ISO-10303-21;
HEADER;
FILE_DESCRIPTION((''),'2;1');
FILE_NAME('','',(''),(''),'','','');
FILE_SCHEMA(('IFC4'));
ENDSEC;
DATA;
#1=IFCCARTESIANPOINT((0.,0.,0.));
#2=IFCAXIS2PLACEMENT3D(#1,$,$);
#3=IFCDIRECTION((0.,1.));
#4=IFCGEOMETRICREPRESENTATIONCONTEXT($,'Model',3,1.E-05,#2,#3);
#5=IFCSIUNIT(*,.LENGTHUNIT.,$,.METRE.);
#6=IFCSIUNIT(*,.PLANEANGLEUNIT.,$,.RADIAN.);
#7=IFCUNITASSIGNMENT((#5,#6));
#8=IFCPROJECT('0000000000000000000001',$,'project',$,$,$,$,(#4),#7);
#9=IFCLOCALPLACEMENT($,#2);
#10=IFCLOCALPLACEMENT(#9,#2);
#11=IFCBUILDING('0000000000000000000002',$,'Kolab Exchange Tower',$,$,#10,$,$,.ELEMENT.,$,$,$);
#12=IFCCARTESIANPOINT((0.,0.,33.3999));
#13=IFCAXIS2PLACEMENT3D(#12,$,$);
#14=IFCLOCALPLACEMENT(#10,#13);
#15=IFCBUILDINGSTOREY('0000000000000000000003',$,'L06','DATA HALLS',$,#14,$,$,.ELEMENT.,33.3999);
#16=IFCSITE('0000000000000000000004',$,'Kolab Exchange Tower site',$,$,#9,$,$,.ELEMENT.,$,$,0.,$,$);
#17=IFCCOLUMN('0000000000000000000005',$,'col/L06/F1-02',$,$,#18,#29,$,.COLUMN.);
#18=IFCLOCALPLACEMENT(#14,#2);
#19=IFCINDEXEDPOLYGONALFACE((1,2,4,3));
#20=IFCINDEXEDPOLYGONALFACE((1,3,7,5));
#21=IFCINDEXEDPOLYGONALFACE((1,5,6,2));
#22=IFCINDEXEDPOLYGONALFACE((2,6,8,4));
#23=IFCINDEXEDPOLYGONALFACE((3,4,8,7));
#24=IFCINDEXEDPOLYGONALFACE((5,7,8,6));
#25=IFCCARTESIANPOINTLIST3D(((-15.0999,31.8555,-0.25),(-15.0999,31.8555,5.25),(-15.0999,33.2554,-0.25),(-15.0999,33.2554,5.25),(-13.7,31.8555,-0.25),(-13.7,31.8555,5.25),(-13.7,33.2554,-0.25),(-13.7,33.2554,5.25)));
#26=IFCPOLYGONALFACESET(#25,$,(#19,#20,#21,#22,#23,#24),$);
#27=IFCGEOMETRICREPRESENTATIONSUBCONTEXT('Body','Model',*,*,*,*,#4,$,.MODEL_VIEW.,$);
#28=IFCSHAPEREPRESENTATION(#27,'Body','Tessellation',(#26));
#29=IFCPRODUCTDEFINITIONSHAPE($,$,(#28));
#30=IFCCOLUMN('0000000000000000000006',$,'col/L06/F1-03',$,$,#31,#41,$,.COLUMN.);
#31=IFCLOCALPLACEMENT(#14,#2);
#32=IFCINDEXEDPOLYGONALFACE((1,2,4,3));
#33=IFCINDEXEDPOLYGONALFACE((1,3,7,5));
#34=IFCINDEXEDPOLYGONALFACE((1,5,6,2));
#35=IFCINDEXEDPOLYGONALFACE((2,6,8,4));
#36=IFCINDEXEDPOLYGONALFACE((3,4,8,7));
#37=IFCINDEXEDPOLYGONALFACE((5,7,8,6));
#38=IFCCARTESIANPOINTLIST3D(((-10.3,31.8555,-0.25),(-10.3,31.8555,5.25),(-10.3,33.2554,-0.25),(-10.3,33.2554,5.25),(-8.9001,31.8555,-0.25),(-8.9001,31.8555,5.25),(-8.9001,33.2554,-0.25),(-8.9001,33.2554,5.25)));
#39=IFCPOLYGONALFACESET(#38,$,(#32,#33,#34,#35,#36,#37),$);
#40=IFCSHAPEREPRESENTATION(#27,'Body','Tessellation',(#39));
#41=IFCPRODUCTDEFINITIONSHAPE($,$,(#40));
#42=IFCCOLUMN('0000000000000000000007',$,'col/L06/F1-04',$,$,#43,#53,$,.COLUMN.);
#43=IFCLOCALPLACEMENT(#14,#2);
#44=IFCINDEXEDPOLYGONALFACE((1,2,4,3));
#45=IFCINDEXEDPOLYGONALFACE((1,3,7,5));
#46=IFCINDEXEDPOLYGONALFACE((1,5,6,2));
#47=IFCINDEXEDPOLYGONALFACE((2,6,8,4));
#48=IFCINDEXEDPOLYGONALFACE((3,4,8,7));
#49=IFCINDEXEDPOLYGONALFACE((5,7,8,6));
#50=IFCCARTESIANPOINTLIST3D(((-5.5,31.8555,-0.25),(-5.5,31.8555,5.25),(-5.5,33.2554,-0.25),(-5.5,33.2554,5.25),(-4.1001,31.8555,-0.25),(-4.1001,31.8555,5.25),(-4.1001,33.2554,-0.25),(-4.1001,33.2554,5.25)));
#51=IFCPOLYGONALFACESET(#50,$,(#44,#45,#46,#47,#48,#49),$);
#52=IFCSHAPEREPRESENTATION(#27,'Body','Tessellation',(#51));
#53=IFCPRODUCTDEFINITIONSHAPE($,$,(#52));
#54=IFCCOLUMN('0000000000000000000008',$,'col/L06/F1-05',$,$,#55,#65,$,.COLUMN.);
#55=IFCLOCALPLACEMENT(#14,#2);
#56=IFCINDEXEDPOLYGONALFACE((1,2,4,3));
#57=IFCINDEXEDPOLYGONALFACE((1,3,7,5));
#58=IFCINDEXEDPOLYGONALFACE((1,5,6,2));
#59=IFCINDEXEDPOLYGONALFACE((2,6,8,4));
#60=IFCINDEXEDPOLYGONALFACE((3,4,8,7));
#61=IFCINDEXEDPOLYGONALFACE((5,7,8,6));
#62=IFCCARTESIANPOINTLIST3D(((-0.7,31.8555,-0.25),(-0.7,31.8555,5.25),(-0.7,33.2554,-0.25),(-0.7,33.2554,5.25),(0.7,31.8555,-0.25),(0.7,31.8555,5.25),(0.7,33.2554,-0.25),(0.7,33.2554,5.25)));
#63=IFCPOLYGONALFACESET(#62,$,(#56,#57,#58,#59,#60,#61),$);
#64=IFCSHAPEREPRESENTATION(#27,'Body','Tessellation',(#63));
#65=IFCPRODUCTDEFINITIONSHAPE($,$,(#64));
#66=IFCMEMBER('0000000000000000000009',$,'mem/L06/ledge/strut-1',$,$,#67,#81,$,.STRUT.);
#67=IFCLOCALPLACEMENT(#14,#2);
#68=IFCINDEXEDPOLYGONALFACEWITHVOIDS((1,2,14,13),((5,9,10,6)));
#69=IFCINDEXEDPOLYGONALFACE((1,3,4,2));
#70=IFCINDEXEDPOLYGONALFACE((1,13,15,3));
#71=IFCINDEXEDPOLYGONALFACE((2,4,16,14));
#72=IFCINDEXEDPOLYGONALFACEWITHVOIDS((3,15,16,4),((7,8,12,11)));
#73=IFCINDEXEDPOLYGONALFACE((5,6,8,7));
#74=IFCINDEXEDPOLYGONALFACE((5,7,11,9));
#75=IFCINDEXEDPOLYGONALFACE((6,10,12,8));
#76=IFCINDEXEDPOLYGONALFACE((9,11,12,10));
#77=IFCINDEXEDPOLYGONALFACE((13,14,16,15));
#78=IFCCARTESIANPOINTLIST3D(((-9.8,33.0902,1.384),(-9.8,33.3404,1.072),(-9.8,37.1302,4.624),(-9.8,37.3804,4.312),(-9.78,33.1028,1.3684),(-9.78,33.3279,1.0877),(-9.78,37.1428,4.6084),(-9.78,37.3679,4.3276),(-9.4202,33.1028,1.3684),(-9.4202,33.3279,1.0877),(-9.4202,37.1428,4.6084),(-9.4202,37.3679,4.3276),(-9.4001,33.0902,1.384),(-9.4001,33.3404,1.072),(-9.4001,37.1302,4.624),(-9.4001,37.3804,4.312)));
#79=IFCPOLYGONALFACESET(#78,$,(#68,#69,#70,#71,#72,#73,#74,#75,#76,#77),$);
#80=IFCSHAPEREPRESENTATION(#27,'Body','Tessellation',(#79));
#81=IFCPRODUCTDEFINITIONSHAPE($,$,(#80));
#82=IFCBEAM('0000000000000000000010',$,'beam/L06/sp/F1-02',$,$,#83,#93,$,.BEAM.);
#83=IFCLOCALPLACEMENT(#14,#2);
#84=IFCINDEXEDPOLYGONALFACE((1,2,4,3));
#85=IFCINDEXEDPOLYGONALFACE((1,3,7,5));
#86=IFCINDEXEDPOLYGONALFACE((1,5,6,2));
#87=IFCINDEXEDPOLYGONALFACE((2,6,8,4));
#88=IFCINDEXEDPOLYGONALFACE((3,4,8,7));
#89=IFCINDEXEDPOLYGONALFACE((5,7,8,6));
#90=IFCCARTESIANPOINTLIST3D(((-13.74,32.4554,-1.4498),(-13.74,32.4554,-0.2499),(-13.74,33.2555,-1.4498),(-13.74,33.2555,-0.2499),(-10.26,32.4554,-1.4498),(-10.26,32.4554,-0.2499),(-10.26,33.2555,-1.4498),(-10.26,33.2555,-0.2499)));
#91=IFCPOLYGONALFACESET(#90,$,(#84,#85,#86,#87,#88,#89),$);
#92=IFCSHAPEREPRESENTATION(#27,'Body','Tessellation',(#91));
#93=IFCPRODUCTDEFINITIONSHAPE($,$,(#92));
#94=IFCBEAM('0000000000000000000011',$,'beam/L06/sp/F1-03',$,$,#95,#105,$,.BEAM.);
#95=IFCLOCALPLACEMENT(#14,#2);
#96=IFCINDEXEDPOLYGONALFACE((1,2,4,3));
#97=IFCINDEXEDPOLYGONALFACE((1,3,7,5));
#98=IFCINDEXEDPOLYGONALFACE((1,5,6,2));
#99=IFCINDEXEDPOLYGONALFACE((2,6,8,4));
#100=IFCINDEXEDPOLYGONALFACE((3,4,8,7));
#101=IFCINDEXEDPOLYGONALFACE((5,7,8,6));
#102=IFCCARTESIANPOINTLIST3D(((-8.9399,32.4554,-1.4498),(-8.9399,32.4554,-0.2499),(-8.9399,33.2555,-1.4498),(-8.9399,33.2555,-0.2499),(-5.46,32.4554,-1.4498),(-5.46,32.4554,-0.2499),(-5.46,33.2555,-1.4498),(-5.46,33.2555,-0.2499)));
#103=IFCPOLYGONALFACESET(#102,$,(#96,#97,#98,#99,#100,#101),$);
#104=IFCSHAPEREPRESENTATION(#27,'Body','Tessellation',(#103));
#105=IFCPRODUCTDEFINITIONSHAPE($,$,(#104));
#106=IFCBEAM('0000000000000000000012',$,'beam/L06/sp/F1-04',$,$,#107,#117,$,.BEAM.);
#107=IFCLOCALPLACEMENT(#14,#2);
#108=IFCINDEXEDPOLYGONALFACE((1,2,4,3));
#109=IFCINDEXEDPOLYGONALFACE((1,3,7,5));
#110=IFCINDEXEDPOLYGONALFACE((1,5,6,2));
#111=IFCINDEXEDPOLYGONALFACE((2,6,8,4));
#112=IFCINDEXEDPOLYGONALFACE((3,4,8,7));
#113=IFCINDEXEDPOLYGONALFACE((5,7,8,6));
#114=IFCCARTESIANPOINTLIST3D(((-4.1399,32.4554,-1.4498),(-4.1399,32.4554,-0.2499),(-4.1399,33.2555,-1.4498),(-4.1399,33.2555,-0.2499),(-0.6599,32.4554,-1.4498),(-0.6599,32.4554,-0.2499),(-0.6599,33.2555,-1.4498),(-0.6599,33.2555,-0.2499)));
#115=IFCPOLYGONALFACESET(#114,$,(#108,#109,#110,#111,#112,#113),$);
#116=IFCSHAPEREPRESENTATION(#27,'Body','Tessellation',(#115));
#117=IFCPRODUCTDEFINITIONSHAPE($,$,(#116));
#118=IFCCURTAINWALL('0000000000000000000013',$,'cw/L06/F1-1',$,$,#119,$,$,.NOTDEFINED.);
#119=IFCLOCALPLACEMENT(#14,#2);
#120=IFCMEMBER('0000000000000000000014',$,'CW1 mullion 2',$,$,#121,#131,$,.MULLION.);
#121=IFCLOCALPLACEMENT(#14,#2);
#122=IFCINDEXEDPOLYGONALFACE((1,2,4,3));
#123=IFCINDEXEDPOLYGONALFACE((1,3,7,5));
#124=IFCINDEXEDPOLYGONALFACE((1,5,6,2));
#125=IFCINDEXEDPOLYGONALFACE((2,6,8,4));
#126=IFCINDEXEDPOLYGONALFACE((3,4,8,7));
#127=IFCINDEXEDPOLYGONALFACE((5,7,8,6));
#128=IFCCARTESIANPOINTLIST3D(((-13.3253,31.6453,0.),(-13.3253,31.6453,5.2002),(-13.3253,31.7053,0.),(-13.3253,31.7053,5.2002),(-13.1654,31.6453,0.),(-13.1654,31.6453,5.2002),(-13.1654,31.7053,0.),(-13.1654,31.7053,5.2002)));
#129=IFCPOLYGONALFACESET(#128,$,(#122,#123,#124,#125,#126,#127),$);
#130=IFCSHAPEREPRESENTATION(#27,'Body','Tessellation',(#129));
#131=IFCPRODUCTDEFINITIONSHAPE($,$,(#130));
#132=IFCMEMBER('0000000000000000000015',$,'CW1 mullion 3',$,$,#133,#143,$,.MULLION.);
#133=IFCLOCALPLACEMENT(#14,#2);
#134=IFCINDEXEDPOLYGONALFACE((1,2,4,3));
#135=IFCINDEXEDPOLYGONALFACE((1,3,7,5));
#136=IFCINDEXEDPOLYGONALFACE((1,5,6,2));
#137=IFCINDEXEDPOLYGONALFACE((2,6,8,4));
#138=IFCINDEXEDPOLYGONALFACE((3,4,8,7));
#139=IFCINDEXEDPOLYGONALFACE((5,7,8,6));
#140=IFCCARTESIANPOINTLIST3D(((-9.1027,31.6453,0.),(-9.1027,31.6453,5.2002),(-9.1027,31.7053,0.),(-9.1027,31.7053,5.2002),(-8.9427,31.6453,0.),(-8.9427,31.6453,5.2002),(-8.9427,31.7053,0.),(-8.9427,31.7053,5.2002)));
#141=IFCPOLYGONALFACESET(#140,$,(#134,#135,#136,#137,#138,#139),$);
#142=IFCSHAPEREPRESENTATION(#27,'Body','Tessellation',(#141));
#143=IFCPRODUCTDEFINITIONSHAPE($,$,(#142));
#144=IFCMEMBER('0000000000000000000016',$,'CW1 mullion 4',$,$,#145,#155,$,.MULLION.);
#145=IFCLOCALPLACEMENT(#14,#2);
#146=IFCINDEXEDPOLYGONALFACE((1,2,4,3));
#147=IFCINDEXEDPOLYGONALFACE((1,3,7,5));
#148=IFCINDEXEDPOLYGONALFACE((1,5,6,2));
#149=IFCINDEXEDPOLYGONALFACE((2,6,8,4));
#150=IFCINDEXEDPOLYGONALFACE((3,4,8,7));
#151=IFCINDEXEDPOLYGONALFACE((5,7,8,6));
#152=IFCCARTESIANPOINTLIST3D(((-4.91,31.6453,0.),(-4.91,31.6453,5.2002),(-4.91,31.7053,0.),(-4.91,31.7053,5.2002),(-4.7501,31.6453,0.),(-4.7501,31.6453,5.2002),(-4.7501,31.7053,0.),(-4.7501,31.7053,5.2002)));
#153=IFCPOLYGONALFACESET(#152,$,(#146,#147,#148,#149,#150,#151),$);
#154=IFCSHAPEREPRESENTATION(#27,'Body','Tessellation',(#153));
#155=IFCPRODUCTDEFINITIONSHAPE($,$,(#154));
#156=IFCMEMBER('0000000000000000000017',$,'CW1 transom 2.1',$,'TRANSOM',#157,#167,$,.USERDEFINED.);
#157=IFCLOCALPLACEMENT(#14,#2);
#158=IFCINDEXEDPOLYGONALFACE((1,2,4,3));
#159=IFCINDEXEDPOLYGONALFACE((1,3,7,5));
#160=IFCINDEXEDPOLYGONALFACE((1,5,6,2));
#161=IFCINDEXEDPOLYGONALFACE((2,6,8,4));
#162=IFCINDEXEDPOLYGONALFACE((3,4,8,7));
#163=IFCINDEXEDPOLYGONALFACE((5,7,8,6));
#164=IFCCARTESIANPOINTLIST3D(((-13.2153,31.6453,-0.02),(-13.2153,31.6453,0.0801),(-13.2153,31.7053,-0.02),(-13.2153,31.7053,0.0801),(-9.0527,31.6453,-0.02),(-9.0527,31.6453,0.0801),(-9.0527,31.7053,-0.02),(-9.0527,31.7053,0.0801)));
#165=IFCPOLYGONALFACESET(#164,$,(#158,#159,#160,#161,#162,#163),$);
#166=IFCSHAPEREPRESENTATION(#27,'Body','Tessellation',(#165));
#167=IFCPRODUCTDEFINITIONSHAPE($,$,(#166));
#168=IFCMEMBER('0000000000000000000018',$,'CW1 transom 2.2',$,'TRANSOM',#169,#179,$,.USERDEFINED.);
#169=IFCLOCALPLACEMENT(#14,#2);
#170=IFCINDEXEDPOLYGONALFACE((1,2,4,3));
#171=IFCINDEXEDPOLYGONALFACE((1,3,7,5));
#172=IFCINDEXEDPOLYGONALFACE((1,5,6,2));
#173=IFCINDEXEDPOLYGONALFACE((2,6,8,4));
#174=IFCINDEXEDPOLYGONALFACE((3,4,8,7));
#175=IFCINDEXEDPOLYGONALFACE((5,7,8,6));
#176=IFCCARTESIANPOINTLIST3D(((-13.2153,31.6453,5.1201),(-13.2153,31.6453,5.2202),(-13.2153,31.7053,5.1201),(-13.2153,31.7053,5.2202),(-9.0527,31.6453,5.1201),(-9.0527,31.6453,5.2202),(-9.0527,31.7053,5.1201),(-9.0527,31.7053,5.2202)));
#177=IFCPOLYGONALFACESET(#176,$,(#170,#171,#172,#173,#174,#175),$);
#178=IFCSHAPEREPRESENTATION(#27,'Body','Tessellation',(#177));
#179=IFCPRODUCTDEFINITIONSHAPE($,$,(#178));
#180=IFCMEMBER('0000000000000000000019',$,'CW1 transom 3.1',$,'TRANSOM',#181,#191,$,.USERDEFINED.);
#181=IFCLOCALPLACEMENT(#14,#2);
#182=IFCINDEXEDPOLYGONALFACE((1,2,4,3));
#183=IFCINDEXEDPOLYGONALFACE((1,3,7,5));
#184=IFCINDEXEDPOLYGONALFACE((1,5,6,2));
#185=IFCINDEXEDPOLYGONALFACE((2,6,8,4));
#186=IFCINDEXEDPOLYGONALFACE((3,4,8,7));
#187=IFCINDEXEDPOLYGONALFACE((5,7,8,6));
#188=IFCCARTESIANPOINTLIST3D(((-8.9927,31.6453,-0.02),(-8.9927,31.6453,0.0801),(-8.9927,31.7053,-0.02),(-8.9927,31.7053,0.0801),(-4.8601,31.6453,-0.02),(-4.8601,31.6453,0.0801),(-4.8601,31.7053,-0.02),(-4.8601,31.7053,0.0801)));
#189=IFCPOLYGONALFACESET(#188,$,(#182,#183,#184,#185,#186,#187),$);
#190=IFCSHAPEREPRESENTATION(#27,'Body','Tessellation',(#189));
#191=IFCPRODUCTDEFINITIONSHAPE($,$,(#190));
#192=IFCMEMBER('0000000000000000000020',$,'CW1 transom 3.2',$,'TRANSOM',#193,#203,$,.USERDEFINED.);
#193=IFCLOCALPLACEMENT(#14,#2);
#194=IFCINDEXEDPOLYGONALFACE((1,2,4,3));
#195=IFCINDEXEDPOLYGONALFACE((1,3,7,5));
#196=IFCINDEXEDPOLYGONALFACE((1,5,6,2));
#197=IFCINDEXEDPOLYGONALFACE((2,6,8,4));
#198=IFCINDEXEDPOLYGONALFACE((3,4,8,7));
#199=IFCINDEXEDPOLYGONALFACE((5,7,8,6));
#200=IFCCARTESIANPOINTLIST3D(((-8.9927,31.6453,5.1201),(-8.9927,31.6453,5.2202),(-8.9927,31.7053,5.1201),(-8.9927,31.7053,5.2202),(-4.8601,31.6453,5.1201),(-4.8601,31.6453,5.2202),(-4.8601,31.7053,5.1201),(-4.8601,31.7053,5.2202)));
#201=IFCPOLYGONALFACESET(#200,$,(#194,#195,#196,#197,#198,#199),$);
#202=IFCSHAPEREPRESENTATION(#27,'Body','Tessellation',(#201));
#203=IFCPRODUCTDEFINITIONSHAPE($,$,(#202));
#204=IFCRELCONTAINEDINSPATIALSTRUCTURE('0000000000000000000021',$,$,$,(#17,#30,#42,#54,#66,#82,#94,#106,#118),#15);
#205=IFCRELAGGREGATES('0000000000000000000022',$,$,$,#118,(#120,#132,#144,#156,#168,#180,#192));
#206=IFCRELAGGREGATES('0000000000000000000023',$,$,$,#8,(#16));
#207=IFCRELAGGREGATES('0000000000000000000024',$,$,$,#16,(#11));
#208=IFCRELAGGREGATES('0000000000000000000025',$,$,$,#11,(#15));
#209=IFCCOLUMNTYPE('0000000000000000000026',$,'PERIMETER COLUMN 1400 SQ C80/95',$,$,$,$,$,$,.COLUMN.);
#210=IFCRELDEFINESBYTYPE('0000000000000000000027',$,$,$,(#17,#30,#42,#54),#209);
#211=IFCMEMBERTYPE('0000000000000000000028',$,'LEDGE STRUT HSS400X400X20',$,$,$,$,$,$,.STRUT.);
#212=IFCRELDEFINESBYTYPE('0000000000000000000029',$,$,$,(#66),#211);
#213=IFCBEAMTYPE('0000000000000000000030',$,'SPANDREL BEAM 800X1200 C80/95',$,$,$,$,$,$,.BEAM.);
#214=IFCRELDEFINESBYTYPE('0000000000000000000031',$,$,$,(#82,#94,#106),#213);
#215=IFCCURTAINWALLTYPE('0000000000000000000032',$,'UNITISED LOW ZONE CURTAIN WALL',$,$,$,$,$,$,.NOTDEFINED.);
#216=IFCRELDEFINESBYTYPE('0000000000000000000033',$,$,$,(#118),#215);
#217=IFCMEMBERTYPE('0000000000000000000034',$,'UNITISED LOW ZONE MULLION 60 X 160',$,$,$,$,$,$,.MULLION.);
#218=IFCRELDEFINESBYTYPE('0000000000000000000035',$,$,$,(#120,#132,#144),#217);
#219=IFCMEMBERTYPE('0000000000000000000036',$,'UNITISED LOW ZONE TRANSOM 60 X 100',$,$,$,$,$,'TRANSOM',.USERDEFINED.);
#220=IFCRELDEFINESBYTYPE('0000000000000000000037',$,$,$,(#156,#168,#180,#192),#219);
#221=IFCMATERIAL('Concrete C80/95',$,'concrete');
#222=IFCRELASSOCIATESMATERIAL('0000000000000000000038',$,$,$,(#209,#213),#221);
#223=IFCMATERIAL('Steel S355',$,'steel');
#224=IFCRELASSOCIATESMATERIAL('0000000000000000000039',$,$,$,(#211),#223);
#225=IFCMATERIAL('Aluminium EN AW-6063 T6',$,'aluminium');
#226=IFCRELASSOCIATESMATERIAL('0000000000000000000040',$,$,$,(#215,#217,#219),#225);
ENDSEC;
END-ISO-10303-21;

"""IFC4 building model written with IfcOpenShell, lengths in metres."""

from ifc_helpers import new_model, si_unit, direction, frame, origin, origin_2d, place, context, subcontext, project, spatial, rectangle, hollow_rectangle, extrude, material, material_profile, profile_set, type_object, element, aggregate, save


model = new_model("IFC4")

# Units and contexts
model_context = context("Model", 3, precision=1e-05, world=origin(), true_north=direction((0.0, 1.0)))
body_context = subcontext(model_context, "Body", "Model", "MODEL_VIEW")
ifc_project = project(units=[si_unit("LENGTHUNIT", "METRE"), si_unit("PLANEANGLEUNIT", "RADIAN")], contexts=[model_context])

# Site, building, storey
site_placement = place(None, origin())
site = spatial("IfcSite", under=ifc_project, at=site_placement, Name="Kolab Exchange Tower site", CompositionType="ELEMENT", RefElevation=0.0)
building_placement = place(site_placement, origin())
building = spatial("IfcBuilding", under=site, at=building_placement, Name="Kolab Exchange Tower", CompositionType="ELEMENT")
storey_placement = place(building_placement, frame((0.0, 0.0, 33.3999)))
storey = spatial("IfcBuildingStorey", under=building, at=storey_placement, Name="L06", Description="DATA HALLS", CompositionType="ELEMENT", Elevation=33.3999)

# Columns
ifc_material_1 = material(Name="Concrete C80/95", Category="concrete")
ifc_material_profile_1 = material_profile(ifc_material_1, rectangle(XDim=1.3999, YDim=1.3999, at=origin_2d()), Name="RC1400")
ifc_profile_set_1 = profile_set([ifc_material_profile_1], Name="Concrete C80/95")
column_type = type_object("IfcColumnType", Name="PERIMETER COLUMN 1400 SQ C80/95", PredefinedType="COLUMN", material=ifc_profile_set_1)
for number, where, z_axis, x_axis, name in (
    (1, (-14.3999, 32.5554, -0.25), (0.0, 0.0, 1.0), (1.0, 0.0, 0.0), "col/L06/F1-02"),
    (2, (-9.6001, 32.5554, -0.25), (0.0, 0.0, 1.0), (1.0, 0.0, 0.0), "col/L06/F1-03"),
    (3, (-4.8, 32.5554, -0.25), (0.0, 0.0, 1.0), (1.0, 0.0, 0.0), "col/L06/F1-04"),
    (4, (0.0, 32.5554, -0.25), (0.0, 0.0, 1.0), (1.0, 0.0, 0.0), "col/L06/F1-05"),
):
    element("IfcColumn", number, at=place(storey_placement, frame(where, z_axis=z_axis, x_axis=x_axis)), inside=storey, type_object=column_type, Name=name, PredefinedType="COLUMN", context=body_context, shape_type="SweptSolid", body=[
        extrude(rectangle(XDim=1.3999, YDim=1.3999, at=origin_2d()), origin(), (0.0, 0.0, 1.0), 5.5),
    ])

# Member
ifc_material_2 = material(Name="Steel S355", Category="steel")
ifc_material_profile_2 = material_profile(ifc_material_2, hollow_rectangle(XDim=0.3999, YDim=0.3999, WallThickness=0.02, at=origin_2d()), Name="HSS400X400X20")
ifc_profile_set_2 = profile_set([ifc_material_profile_2], Name="Steel S355")
member_type_1 = type_object("IfcMemberType", Name="LEDGE STRUT HSS400X400X20", PredefinedType="STRUT", material=ifc_profile_set_2)
member_1_placement = place(storey_placement, frame((-9.6001, 33.2153, 1.228), z_axis=(0.0, 0.780119, 0.625632), x_axis=(-1.0, 0.0, 0.0)))
element("IfcMember", 5, at=member_1_placement, inside=storey, type_object=member_type_1, Name="mem/L06/ledge/strut-1", PredefinedType="STRUT", context=body_context, shape_type="SweptSolid", body=[
    extrude(hollow_rectangle(XDim=0.3999, YDim=0.3999, WallThickness=0.02, at=origin_2d()), origin(), (0.0, 0.0, 1.0), 5.1787),
])

# Beams
ifc_material_profile_3 = material_profile(ifc_material_1, rectangle(XDim=0.8, YDim=1.2, at=origin_2d()), Name="RC800X1200")
ifc_profile_set_3 = profile_set([ifc_material_profile_3], Name="Concrete C80/95")
beam_type = type_object("IfcBeamType", Name="SPANDREL BEAM 800X1200 C80/95", PredefinedType="BEAM", material=ifc_profile_set_3)
for number, where, z_axis, x_axis, name in (
    (6, (-13.74, 32.8555, -0.8499), (1.0, 0.0, 0.0), (0.0, 1.0, 0.0), "beam/L06/sp/F1-02"),
    (7, (-8.9399, 32.8555, -0.8499), (1.0, 0.0, 0.0), (0.0, 1.0, 0.0), "beam/L06/sp/F1-03"),
    (8, (-4.1399, 32.8555, -0.8499), (1.0, 0.0, 0.0), (0.0, 1.0, 0.0), "beam/L06/sp/F1-04"),
):
    element("IfcBeam", number, at=place(storey_placement, frame(where, z_axis=z_axis, x_axis=x_axis)), inside=storey, type_object=beam_type, Name=name, PredefinedType="BEAM", context=body_context, shape_type="SweptSolid", body=[
        extrude(rectangle(XDim=0.8, YDim=1.2, at=origin_2d()), origin(), (0.0, 0.0, 1.0), 3.48),
    ])

# Curtain wall, members
ifc_material_3 = material(Name="Aluminium EN AW-6063 T6", Category="aluminium")
curtain_wall_type = type_object("IfcCurtainWallType", Name="UNITISED LOW ZONE CURTAIN WALL", PredefinedType="NOTDEFINED", material=ifc_material_3)
curtain_wall_placement = place(storey_placement, origin())
curtain_wall = element("IfcCurtainWall", 9, at=curtain_wall_placement, inside=storey, type_object=curtain_wall_type, Name="cw/L06/F1-1", PredefinedType="NOTDEFINED")
ifc_material_profile_4 = material_profile(ifc_material_3, rectangle(XDim=0.0601, YDim=0.1599, at=origin_2d()), Name="RECT 60X160")
ifc_profile_set_4 = profile_set([ifc_material_profile_4], Name="Aluminium EN AW-6063 T6")
member_type_2 = type_object("IfcMemberType", Name="UNITISED LOW ZONE MULLION 60 X 160", PredefinedType="MULLION", material=ifc_profile_set_4)
member_2_placement = place(storey_placement, frame((-13.2454, 31.6753, 0.0), z_axis=(0.0, 0.0, 1.0), x_axis=(0.0, 1.0, 0.0)))
member_2 = element("IfcMember", 10, at=member_2_placement, type_object=member_type_2, Name="CW1 mullion 2", PredefinedType="MULLION", context=body_context, shape_type="SweptSolid", body=[
    extrude(rectangle(XDim=0.0601, YDim=0.1599, at=origin_2d()), origin(), (0.0, 0.0, 1.0), 5.2002),
])
member_3_placement = place(storey_placement, frame((-9.0227, 31.6753, 0.0), z_axis=(0.0, 0.0, 1.0), x_axis=(0.0, 1.0, 0.0)))
member_3 = element("IfcMember", 11, at=member_3_placement, type_object=member_type_2, Name="CW1 mullion 3", PredefinedType="MULLION", context=body_context, shape_type="SweptSolid", body=[
    extrude(rectangle(XDim=0.0601, YDim=0.1599, at=origin_2d()), origin(), (0.0, 0.0, 1.0), 5.2002),
])
member_4_placement = place(storey_placement, frame((-4.8301, 31.6753, 0.0), z_axis=(0.0, 0.0, 1.0), x_axis=(0.0, 1.0, 0.0)))
member_4 = element("IfcMember", 12, at=member_4_placement, type_object=member_type_2, Name="CW1 mullion 4", PredefinedType="MULLION", context=body_context, shape_type="SweptSolid", body=[
    extrude(rectangle(XDim=0.0601, YDim=0.1599, at=origin_2d()), origin(), (0.0, 0.0, 1.0), 5.2002),
])
ifc_material_profile_5 = material_profile(ifc_material_3, rectangle(XDim=0.0601, YDim=0.1001, at=origin_2d()), Name="RECT 60X100")
ifc_profile_set_5 = profile_set([ifc_material_profile_5], Name="Aluminium EN AW-6063 T6")
member_type_3 = type_object("IfcMemberType", Name="UNITISED LOW ZONE TRANSOM 60 X 100", ElementType="TRANSOM", PredefinedType="USERDEFINED", material=ifc_profile_set_5)
member_5_placement = place(storey_placement, frame((-13.2153, 31.6753, 0.03), z_axis=(1.0, 0.0, 0.0), x_axis=(0.0, 1.0, 0.0)))
member_5 = element("IfcMember", 13, at=member_5_placement, type_object=member_type_3, Name="CW1 transom 2.1", ObjectType="TRANSOM", PredefinedType="USERDEFINED", context=body_context, shape_type="SweptSolid", body=[
    extrude(rectangle(XDim=0.0601, YDim=0.1001, at=origin_2d()), origin(), (0.0, 0.0, 1.0), 4.1626),
])
member_6_placement = place(storey_placement, frame((-13.2153, 31.6753, 5.1702), z_axis=(1.0, 0.0, 0.0), x_axis=(0.0, 1.0, 0.0)))
member_6 = element("IfcMember", 14, at=member_6_placement, type_object=member_type_3, Name="CW1 transom 2.2", ObjectType="TRANSOM", PredefinedType="USERDEFINED", context=body_context, shape_type="SweptSolid", body=[
    extrude(rectangle(XDim=0.0601, YDim=0.1001, at=origin_2d()), origin(), (0.0, 0.0, 1.0), 4.1626),
])
member_7_placement = place(storey_placement, frame((-8.9927, 31.6753, 0.03), z_axis=(1.0, 0.0, 0.0), x_axis=(0.0, 1.0, 0.0)))
member_7 = element("IfcMember", 15, at=member_7_placement, type_object=member_type_3, Name="CW1 transom 3.1", ObjectType="TRANSOM", PredefinedType="USERDEFINED", context=body_context, shape_type="SweptSolid", body=[
    extrude(rectangle(XDim=0.0601, YDim=0.1001, at=origin_2d()), origin(), (0.0, 0.0, 1.0), 4.1326),
])
member_8_placement = place(storey_placement, frame((-8.9927, 31.6753, 5.1702), z_axis=(1.0, 0.0, 0.0), x_axis=(0.0, 1.0, 0.0)))
member_8 = element("IfcMember", 16, at=member_8_placement, type_object=member_type_3, Name="CW1 transom 3.2", ObjectType="TRANSOM", PredefinedType="USERDEFINED", context=body_context, shape_type="SweptSolid", body=[
    extrude(rectangle(XDim=0.0601, YDim=0.1001, at=origin_2d()), origin(), (0.0, 0.0, 1.0), 4.1326),
])
aggregate(curtain_wall, [member_2, member_3, member_4, member_5, member_6, member_7, member_8])

save(model, "model.ifc")
